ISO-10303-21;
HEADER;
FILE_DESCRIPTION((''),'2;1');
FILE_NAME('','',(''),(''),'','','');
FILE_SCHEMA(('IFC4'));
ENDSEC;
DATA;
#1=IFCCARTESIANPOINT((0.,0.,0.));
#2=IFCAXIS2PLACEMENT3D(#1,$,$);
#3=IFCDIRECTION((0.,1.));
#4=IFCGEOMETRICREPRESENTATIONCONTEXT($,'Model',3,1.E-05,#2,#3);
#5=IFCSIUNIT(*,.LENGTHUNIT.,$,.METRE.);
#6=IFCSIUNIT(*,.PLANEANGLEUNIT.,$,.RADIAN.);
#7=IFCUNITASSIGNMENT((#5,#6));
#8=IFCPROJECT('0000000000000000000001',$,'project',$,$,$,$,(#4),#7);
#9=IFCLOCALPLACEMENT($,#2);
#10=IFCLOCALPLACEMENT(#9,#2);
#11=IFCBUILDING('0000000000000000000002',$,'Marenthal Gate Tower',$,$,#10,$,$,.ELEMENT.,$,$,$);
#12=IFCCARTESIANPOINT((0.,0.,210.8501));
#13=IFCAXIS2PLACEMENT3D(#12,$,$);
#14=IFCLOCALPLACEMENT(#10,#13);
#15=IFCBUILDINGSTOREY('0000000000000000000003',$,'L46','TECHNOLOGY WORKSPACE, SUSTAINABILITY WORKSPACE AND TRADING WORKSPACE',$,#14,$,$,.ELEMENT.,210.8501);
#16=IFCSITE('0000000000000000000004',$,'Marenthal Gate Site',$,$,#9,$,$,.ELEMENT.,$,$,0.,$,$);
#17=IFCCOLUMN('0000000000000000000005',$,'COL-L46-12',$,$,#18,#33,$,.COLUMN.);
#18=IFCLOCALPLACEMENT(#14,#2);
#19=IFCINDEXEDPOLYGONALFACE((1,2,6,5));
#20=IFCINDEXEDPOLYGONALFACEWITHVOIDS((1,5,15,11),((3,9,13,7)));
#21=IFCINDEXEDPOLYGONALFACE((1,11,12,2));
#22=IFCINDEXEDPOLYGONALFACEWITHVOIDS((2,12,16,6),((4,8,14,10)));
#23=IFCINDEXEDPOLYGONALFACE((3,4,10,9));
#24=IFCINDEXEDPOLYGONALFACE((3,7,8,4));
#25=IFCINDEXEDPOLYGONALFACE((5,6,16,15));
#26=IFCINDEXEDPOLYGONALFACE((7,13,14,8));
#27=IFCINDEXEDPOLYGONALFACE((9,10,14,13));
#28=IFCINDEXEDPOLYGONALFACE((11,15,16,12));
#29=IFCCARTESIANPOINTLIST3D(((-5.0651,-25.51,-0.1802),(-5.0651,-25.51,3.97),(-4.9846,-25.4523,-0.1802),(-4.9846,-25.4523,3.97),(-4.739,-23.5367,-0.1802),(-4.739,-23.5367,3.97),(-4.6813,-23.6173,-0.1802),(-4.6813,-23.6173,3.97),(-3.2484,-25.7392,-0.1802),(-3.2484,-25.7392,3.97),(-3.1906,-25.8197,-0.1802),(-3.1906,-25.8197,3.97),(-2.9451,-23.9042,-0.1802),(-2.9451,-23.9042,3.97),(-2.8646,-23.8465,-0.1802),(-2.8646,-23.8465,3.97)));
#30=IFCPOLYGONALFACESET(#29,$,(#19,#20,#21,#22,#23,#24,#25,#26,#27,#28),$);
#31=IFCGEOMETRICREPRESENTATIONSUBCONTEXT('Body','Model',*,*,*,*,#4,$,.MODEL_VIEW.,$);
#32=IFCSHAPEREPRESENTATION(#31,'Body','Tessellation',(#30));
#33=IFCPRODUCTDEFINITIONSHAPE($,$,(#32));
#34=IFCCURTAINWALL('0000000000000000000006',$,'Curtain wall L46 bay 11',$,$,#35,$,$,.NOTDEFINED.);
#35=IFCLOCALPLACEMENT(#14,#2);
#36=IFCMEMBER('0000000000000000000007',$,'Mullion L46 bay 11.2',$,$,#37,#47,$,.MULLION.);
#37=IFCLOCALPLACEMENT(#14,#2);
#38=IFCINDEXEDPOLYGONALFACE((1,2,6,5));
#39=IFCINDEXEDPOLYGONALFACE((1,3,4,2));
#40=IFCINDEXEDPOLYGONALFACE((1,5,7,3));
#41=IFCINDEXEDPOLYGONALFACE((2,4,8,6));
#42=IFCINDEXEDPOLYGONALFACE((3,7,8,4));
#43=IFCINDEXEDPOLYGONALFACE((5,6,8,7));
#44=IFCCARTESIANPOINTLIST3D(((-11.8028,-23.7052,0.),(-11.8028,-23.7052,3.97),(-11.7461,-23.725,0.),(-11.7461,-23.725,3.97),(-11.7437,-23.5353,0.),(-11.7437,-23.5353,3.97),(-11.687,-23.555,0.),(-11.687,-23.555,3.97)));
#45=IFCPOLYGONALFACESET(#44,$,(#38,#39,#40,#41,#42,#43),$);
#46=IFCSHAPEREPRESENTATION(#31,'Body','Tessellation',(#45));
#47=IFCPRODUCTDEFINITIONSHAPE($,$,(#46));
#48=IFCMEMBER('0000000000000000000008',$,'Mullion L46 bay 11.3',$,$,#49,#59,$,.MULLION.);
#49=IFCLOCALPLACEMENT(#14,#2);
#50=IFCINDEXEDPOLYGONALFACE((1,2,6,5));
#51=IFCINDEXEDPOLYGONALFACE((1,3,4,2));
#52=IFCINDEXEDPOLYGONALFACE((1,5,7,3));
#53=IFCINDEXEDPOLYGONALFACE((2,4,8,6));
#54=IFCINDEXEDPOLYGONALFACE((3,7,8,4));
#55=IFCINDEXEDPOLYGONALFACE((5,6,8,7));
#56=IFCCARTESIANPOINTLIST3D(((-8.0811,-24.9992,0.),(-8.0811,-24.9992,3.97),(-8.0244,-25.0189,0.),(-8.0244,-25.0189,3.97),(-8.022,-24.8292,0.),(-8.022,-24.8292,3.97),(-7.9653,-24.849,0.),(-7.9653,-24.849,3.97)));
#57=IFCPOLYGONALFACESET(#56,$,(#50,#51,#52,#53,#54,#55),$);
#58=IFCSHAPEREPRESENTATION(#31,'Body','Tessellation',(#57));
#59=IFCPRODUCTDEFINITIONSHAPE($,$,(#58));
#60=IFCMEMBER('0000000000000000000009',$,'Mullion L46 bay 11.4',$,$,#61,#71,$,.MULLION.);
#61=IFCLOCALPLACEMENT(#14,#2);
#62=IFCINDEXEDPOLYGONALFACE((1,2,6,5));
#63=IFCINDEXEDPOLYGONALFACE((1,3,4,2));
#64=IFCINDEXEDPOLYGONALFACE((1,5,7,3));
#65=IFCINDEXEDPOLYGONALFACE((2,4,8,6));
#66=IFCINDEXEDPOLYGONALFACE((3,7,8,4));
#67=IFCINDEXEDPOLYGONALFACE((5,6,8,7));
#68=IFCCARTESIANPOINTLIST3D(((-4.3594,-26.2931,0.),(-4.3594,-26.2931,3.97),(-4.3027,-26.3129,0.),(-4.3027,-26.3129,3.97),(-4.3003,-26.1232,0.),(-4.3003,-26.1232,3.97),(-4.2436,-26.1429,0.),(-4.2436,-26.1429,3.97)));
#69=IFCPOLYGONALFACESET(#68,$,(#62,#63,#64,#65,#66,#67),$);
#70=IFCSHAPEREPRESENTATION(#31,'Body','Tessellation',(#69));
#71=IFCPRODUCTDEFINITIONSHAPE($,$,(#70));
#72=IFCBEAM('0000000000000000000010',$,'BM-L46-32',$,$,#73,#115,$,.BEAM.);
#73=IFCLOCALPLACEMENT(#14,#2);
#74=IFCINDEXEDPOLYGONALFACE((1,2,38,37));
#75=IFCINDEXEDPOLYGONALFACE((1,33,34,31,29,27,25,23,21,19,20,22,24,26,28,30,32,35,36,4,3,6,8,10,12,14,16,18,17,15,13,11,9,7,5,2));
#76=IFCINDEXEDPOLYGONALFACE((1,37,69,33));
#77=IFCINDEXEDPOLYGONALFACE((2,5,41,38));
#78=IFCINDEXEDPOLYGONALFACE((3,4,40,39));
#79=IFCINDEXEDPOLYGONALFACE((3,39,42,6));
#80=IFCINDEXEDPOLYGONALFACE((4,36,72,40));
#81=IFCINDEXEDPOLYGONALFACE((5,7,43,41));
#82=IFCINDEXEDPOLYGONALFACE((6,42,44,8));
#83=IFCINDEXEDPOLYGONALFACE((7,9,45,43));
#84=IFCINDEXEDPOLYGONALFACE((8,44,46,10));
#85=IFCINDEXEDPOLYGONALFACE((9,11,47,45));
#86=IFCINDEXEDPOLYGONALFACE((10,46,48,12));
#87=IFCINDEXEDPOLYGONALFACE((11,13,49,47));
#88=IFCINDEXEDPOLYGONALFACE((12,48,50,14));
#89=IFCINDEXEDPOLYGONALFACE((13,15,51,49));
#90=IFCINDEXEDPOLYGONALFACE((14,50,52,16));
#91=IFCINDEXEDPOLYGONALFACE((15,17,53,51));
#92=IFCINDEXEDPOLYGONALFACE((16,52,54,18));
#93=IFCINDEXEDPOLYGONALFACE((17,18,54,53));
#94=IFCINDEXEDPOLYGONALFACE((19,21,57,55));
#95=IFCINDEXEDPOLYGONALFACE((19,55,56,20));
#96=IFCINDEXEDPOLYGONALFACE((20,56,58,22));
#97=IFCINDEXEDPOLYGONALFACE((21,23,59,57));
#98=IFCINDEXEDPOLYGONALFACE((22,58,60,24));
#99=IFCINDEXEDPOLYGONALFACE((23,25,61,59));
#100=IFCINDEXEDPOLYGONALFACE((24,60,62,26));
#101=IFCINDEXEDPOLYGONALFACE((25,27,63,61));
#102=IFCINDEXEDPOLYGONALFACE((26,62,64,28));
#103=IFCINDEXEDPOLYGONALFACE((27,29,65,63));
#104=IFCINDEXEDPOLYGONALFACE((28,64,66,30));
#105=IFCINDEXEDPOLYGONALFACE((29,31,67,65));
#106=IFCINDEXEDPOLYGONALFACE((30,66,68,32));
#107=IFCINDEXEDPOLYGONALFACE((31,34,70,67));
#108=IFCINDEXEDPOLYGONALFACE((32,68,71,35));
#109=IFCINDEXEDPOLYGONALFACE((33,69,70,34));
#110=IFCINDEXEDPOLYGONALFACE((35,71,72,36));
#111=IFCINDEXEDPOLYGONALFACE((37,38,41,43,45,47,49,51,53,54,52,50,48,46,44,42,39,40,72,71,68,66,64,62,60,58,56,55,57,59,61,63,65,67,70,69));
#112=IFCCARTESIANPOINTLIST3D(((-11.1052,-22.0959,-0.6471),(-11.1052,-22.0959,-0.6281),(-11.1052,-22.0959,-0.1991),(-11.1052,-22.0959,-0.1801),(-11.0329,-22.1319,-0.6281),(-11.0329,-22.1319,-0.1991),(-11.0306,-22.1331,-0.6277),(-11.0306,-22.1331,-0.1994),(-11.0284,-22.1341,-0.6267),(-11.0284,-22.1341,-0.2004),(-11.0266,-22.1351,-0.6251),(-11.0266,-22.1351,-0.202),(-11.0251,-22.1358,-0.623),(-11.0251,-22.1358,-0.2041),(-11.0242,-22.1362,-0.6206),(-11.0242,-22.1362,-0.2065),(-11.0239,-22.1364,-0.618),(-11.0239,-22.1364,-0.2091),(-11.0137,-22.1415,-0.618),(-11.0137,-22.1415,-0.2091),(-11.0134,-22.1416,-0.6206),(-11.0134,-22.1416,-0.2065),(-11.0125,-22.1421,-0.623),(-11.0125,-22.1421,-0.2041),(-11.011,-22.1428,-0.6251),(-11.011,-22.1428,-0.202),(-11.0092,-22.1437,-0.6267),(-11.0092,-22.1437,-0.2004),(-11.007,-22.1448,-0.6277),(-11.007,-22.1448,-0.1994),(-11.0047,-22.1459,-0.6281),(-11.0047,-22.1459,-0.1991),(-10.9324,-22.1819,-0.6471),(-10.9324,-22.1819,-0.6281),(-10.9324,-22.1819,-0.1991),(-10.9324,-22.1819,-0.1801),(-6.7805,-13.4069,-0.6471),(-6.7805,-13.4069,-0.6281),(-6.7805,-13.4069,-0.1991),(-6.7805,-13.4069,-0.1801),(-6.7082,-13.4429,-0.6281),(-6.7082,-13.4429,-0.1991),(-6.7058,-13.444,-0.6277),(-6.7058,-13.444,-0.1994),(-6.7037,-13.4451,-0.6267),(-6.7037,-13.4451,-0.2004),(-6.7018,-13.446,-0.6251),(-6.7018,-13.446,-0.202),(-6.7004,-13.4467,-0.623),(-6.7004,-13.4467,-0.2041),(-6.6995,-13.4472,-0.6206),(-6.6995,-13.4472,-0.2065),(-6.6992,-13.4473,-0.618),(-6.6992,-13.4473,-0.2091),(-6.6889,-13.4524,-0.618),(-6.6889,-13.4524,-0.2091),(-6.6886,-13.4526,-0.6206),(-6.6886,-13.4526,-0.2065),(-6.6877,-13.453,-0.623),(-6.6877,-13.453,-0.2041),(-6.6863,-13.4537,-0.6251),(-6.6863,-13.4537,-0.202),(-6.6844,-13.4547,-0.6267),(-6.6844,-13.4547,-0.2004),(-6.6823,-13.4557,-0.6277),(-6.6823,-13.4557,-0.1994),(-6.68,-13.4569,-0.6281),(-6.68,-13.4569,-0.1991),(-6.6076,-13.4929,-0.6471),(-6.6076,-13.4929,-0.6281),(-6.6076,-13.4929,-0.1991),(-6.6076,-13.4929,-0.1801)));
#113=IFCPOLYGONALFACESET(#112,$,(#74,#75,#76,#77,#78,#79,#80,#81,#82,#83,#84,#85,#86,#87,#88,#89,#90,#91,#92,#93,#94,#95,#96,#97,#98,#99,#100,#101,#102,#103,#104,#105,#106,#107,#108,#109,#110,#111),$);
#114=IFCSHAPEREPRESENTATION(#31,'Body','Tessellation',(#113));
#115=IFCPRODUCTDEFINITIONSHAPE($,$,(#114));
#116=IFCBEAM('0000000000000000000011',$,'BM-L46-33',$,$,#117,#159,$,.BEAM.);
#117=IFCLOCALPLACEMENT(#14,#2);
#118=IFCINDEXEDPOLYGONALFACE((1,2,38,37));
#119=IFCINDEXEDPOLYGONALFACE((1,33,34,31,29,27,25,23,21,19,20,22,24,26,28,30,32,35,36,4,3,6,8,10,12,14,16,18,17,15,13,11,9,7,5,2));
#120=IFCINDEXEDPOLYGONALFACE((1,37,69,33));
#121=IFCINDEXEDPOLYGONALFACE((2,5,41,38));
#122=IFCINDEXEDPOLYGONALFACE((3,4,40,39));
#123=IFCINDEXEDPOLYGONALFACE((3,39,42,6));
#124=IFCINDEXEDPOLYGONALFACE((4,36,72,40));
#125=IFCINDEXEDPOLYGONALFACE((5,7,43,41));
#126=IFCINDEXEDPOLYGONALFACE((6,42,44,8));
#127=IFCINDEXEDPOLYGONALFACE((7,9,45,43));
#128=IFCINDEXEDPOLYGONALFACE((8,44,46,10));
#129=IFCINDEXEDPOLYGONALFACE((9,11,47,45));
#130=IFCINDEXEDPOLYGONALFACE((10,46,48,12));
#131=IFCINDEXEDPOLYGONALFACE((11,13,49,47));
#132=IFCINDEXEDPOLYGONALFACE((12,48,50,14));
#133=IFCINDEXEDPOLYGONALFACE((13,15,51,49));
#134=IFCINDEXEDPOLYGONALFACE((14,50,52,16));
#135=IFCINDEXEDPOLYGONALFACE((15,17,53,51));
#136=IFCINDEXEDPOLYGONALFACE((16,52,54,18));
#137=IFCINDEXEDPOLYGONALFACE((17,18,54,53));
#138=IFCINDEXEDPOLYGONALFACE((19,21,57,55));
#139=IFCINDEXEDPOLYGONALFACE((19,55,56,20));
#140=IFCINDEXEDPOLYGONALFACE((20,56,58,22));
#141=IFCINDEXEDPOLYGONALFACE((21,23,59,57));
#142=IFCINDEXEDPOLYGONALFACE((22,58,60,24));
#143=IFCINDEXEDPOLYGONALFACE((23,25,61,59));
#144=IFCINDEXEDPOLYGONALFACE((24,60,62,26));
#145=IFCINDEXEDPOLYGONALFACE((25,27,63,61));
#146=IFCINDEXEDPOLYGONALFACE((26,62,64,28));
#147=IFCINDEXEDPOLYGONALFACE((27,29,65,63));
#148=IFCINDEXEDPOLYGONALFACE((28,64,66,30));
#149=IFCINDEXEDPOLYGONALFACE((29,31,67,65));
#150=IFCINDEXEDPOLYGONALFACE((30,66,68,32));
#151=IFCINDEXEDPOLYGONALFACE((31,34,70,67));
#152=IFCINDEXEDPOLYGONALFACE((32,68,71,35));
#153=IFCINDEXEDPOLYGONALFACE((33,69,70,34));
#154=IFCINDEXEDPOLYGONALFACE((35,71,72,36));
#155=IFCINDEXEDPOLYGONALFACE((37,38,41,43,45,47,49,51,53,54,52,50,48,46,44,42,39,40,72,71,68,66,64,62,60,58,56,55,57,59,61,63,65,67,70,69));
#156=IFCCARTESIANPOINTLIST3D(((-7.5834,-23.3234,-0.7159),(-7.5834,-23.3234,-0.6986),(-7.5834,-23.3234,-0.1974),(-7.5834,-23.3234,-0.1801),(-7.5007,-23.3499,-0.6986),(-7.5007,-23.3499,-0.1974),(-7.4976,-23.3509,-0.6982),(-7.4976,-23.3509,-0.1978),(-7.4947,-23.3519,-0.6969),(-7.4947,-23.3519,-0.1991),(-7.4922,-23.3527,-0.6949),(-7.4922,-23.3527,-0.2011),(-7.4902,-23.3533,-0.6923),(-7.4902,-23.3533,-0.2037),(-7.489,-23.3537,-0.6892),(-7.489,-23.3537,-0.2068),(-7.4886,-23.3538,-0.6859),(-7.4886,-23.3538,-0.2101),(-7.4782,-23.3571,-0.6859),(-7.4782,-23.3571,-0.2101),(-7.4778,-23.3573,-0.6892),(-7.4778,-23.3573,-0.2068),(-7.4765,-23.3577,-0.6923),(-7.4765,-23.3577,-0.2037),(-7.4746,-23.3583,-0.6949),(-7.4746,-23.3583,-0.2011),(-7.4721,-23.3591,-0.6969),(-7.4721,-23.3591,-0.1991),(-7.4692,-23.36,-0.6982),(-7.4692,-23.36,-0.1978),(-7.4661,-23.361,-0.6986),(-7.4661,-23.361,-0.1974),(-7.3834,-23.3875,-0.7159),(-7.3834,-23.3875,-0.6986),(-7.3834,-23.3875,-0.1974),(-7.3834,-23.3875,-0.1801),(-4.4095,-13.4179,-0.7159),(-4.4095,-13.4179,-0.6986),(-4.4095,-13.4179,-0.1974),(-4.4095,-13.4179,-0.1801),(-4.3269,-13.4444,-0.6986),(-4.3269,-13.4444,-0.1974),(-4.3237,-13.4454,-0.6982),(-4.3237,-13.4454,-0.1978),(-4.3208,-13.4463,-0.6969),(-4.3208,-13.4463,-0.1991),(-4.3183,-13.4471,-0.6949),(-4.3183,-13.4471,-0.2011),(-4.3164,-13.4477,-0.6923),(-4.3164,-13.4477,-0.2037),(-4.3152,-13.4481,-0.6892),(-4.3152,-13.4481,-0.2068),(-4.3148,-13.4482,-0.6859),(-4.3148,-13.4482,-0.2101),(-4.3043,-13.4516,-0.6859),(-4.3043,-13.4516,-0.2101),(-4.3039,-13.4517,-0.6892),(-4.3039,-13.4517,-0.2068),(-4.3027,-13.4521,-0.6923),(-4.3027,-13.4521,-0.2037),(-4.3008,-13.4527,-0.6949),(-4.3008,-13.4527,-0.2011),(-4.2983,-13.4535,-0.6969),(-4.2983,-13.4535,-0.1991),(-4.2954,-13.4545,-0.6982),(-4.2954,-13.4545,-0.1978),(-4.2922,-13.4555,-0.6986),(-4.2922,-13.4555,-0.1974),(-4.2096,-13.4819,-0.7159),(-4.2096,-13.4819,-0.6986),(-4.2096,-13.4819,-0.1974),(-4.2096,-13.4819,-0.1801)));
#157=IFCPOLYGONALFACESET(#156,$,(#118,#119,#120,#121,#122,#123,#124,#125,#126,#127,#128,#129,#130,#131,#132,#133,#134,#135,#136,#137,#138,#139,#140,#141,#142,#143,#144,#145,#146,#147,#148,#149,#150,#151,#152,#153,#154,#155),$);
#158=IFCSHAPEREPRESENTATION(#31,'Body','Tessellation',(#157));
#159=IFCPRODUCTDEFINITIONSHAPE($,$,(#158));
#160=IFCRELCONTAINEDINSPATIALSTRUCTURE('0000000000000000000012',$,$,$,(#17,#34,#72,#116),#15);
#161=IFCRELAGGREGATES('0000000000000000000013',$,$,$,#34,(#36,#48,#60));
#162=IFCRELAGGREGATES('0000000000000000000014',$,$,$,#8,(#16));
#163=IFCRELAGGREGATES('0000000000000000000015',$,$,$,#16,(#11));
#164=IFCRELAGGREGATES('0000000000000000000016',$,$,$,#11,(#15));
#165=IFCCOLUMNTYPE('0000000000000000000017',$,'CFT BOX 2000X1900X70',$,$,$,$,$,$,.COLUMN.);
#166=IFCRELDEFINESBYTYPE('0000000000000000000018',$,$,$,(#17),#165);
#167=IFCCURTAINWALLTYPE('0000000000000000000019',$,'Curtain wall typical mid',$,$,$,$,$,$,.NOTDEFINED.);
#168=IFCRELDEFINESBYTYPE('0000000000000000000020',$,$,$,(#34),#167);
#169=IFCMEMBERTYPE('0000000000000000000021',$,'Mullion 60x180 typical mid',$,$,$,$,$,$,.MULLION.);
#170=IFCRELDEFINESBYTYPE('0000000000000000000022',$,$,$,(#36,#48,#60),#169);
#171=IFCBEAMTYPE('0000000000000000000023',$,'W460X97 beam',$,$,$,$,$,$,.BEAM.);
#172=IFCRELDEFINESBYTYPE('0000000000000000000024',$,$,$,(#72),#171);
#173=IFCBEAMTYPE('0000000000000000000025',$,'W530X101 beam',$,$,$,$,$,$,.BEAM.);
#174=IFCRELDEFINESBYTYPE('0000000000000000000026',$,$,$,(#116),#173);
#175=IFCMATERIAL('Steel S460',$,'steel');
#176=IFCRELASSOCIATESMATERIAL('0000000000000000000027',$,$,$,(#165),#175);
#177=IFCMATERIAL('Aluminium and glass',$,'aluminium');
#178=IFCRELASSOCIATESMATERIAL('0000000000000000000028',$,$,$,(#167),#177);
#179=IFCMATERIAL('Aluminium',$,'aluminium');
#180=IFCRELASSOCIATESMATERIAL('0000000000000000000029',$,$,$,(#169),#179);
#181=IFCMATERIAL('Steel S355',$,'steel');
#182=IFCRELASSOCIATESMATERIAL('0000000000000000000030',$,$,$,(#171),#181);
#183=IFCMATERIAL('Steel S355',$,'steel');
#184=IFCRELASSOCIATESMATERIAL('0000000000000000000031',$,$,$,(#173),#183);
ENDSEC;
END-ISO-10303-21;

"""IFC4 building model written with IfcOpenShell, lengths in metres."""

from ifc_helpers import new_model, si_unit, direction, frame, origin, origin_2d, place, context, subcontext, project, spatial, rectangle, hollow_rectangle, i_section, extrude, material, material_profile, profile_set, type_object, element, aggregate, save


model = new_model("IFC4")

# Units and contexts
model_context = context("Model", 3, precision=1e-05, world=origin(), true_north=direction((0.0, 1.0)))
body_context = subcontext(model_context, "Body", "Model", "MODEL_VIEW")
ifc_project = project(units=[si_unit("LENGTHUNIT", "METRE"), si_unit("PLANEANGLEUNIT", "RADIAN")], contexts=[model_context])

# Site, building, storey
site_placement = place(None, origin())
site = spatial("IfcSite", under=ifc_project, at=site_placement, Name="Marenthal Gate Site", CompositionType="ELEMENT", RefElevation=0.0)
building_placement = place(site_placement, origin())
building = spatial("IfcBuilding", under=site, at=building_placement, Name="Marenthal Gate Tower", CompositionType="ELEMENT")
storey_placement = place(building_placement, frame((0.0, 0.0, 210.8501)))
storey = spatial("IfcBuildingStorey", under=building, at=storey_placement, Name="L46", Description="TECHNOLOGY WORKSPACE, SUSTAINABILITY WORKSPACE AND TRADING WORKSPACE", CompositionType="ELEMENT", Elevation=210.8501)

# Column
ifc_material_1 = material(Name="Steel S460", Category="steel")
ifc_material_profile_1 = material_profile(ifc_material_1, hollow_rectangle(XDim=1.8999, YDim=2.0, WallThickness=0.0701, at=origin_2d()), Name="CFT BOX 2000X1900X70")
ifc_material_2 = material(Name="Concrete 70 MPa", Category="concrete")
ifc_material_profile_2 = material_profile(ifc_material_2, rectangle(XDim=1.76, YDim=1.8601, at=origin_2d()), Name="CFT BOX 2000X1900X70 INFILL")
ifc_profile_set_1 = profile_set([ifc_material_profile_1, ifc_material_profile_2], Name="Steel S460 shell, Concrete 70 MPa infill")
column_type = type_object("IfcColumnType", Name="CFT BOX 2000X1900X70", PredefinedType="COLUMN", material=ifc_profile_set_1)
column_placement = place(storey_placement, frame((-3.9648, -24.6782, -0.1802), z_axis=(0.0, 0.0, 1.0), x_axis=(-0.986619, 0.163044, 0.0)))
element("IfcColumn", 1, at=column_placement, inside=storey, type_object=column_type, Name="COL-L46-12", PredefinedType="COLUMN", context=body_context, shape_type="SweptSolid", body=[
    extrude(hollow_rectangle(XDim=1.8999, YDim=2.0, WallThickness=0.0701, at=origin_2d()), origin(), (0.0, 0.0, 1.0), 4.1501),
])

# Curtain wall, members
ifc_material_3 = material(Name="Aluminium and glass", Category="aluminium")
curtain_wall_type = type_object("IfcCurtainWallType", Name="Curtain wall typical mid", PredefinedType="NOTDEFINED", material=ifc_material_3)
curtain_wall_placement = place(storey_placement, origin())
curtain_wall = element("IfcCurtainWall", 2, at=curtain_wall_placement, inside=storey, type_object=curtain_wall_type, Name="Curtain wall L46 bay 11", PredefinedType="NOTDEFINED")
ifc_material_4 = material(Name="Aluminium", Category="aluminium")
ifc_material_profile_3 = material_profile(ifc_material_4, rectangle(XDim=0.1799, YDim=0.0601, at=origin_2d()), Name="60x180 aluminium mullion")
ifc_profile_set_2 = profile_set([ifc_material_profile_3], Name="Aluminium")
member_type = type_object("IfcMemberType", Name="Mullion 60x180 typical mid", PredefinedType="MULLION", material=ifc_profile_set_2)
member_1_placement = place(storey_placement, frame((-11.7449, -23.6301, 0.0), z_axis=(0.0, 0.0, 1.0), x_axis=(0.3284, 0.944539, 0.0)))
member_1 = element("IfcMember", 3, at=member_1_placement, type_object=member_type, Name="Mullion L46 bay 11.2", PredefinedType="MULLION", context=body_context, shape_type="SweptSolid", body=[
    extrude(rectangle(XDim=0.1799, YDim=0.0601, at=origin_2d()), origin(), (0.0, 0.0, 1.0), 3.97),
])
member_2_placement = place(storey_placement, frame((-8.0232, -24.9241, 0.0), z_axis=(0.0, 0.0, 1.0), x_axis=(0.3284, 0.944539, 0.0)))
member_2 = element("IfcMember", 4, at=member_2_placement, type_object=member_type, Name="Mullion L46 bay 11.3", PredefinedType="MULLION", context=body_context, shape_type="SweptSolid", body=[
    extrude(rectangle(XDim=0.1799, YDim=0.0601, at=origin_2d()), origin(), (0.0, 0.0, 1.0), 3.97),
])
member_3_placement = place(storey_placement, frame((-4.3015, -26.218, 0.0), z_axis=(0.0, 0.0, 1.0), x_axis=(0.3284, 0.944539, 0.0)))
member_3 = element("IfcMember", 5, at=member_3_placement, type_object=member_type, Name="Mullion L46 bay 11.4", PredefinedType="MULLION", context=body_context, shape_type="SweptSolid", body=[
    extrude(rectangle(XDim=0.1799, YDim=0.0601, at=origin_2d()), origin(), (0.0, 0.0, 1.0), 3.97),
])

# Beams
ifc_material_5 = material(Name="Steel S355", Category="steel")
ifc_material_profile_4 = material_profile(ifc_material_5, i_section(OverallWidth=0.1931, OverallDepth=0.467, WebThickness=0.0115, FlangeThickness=0.019, FilletRadius=0.01, at=origin_2d()), Name="W460X97")
ifc_profile_set_3 = profile_set([ifc_material_profile_4], Name="Steel S355")
beam_type_1 = type_object("IfcBeamType", Name="W460X97 beam", PredefinedType="BEAM", material=ifc_profile_set_3)
beam_1_placement = place(storey_placement, frame((-11.0188, -22.1389, -0.4136), z_axis=(0.445583, 0.895241, 0.0), x_axis=(-0.895241, 0.445583, 0.0)))
element("IfcBeam", 6, at=beam_1_placement, inside=storey, type_object=beam_type_1, Name="BM-L46-32", PredefinedType="BEAM", context=body_context, shape_type="SweptSolid", body=[
    extrude(i_section(OverallWidth=0.1931, OverallDepth=0.467, WebThickness=0.0115, FlangeThickness=0.019, FilletRadius=0.01, at=origin_2d()), origin(), (0.0, 0.0, 1.0), 9.7058),
])
ifc_material_6 = material(Name="Steel S355", Category="steel")
ifc_material_profile_5 = material_profile(ifc_material_6, i_section(OverallWidth=0.21, OverallDepth=0.5359, WebThickness=0.011, FlangeThickness=0.0173, FilletRadius=0.0127, at=origin_2d()), Name="W530X101")
ifc_profile_set_4 = profile_set([ifc_material_profile_5], Name="Steel S355")
beam_type_2 = type_object("IfcBeamType", Name="W530X101 beam", PredefinedType="BEAM", material=ifc_profile_set_4)
beam_2_placement = place(storey_placement, frame((-7.4834, -23.3555, -0.448), z_axis=(0.30513, 0.952311, 0.0), x_axis=(-0.952311, 0.30513, 0.0)))
element("IfcBeam", 7, at=beam_2_placement, inside=storey, type_object=beam_type_2, Name="BM-L46-33", PredefinedType="BEAM", context=body_context, shape_type="SweptSolid", body=[
    extrude(i_section(OverallWidth=0.21, OverallDepth=0.5359, WebThickness=0.011, FlangeThickness=0.0173, FilletRadius=0.0127, at=origin_2d()), origin(), (0.0, 0.0, 1.0), 10.4016),
])

aggregate(curtain_wall, [member_1, member_2, member_3])

save(model, "model.ifc")
